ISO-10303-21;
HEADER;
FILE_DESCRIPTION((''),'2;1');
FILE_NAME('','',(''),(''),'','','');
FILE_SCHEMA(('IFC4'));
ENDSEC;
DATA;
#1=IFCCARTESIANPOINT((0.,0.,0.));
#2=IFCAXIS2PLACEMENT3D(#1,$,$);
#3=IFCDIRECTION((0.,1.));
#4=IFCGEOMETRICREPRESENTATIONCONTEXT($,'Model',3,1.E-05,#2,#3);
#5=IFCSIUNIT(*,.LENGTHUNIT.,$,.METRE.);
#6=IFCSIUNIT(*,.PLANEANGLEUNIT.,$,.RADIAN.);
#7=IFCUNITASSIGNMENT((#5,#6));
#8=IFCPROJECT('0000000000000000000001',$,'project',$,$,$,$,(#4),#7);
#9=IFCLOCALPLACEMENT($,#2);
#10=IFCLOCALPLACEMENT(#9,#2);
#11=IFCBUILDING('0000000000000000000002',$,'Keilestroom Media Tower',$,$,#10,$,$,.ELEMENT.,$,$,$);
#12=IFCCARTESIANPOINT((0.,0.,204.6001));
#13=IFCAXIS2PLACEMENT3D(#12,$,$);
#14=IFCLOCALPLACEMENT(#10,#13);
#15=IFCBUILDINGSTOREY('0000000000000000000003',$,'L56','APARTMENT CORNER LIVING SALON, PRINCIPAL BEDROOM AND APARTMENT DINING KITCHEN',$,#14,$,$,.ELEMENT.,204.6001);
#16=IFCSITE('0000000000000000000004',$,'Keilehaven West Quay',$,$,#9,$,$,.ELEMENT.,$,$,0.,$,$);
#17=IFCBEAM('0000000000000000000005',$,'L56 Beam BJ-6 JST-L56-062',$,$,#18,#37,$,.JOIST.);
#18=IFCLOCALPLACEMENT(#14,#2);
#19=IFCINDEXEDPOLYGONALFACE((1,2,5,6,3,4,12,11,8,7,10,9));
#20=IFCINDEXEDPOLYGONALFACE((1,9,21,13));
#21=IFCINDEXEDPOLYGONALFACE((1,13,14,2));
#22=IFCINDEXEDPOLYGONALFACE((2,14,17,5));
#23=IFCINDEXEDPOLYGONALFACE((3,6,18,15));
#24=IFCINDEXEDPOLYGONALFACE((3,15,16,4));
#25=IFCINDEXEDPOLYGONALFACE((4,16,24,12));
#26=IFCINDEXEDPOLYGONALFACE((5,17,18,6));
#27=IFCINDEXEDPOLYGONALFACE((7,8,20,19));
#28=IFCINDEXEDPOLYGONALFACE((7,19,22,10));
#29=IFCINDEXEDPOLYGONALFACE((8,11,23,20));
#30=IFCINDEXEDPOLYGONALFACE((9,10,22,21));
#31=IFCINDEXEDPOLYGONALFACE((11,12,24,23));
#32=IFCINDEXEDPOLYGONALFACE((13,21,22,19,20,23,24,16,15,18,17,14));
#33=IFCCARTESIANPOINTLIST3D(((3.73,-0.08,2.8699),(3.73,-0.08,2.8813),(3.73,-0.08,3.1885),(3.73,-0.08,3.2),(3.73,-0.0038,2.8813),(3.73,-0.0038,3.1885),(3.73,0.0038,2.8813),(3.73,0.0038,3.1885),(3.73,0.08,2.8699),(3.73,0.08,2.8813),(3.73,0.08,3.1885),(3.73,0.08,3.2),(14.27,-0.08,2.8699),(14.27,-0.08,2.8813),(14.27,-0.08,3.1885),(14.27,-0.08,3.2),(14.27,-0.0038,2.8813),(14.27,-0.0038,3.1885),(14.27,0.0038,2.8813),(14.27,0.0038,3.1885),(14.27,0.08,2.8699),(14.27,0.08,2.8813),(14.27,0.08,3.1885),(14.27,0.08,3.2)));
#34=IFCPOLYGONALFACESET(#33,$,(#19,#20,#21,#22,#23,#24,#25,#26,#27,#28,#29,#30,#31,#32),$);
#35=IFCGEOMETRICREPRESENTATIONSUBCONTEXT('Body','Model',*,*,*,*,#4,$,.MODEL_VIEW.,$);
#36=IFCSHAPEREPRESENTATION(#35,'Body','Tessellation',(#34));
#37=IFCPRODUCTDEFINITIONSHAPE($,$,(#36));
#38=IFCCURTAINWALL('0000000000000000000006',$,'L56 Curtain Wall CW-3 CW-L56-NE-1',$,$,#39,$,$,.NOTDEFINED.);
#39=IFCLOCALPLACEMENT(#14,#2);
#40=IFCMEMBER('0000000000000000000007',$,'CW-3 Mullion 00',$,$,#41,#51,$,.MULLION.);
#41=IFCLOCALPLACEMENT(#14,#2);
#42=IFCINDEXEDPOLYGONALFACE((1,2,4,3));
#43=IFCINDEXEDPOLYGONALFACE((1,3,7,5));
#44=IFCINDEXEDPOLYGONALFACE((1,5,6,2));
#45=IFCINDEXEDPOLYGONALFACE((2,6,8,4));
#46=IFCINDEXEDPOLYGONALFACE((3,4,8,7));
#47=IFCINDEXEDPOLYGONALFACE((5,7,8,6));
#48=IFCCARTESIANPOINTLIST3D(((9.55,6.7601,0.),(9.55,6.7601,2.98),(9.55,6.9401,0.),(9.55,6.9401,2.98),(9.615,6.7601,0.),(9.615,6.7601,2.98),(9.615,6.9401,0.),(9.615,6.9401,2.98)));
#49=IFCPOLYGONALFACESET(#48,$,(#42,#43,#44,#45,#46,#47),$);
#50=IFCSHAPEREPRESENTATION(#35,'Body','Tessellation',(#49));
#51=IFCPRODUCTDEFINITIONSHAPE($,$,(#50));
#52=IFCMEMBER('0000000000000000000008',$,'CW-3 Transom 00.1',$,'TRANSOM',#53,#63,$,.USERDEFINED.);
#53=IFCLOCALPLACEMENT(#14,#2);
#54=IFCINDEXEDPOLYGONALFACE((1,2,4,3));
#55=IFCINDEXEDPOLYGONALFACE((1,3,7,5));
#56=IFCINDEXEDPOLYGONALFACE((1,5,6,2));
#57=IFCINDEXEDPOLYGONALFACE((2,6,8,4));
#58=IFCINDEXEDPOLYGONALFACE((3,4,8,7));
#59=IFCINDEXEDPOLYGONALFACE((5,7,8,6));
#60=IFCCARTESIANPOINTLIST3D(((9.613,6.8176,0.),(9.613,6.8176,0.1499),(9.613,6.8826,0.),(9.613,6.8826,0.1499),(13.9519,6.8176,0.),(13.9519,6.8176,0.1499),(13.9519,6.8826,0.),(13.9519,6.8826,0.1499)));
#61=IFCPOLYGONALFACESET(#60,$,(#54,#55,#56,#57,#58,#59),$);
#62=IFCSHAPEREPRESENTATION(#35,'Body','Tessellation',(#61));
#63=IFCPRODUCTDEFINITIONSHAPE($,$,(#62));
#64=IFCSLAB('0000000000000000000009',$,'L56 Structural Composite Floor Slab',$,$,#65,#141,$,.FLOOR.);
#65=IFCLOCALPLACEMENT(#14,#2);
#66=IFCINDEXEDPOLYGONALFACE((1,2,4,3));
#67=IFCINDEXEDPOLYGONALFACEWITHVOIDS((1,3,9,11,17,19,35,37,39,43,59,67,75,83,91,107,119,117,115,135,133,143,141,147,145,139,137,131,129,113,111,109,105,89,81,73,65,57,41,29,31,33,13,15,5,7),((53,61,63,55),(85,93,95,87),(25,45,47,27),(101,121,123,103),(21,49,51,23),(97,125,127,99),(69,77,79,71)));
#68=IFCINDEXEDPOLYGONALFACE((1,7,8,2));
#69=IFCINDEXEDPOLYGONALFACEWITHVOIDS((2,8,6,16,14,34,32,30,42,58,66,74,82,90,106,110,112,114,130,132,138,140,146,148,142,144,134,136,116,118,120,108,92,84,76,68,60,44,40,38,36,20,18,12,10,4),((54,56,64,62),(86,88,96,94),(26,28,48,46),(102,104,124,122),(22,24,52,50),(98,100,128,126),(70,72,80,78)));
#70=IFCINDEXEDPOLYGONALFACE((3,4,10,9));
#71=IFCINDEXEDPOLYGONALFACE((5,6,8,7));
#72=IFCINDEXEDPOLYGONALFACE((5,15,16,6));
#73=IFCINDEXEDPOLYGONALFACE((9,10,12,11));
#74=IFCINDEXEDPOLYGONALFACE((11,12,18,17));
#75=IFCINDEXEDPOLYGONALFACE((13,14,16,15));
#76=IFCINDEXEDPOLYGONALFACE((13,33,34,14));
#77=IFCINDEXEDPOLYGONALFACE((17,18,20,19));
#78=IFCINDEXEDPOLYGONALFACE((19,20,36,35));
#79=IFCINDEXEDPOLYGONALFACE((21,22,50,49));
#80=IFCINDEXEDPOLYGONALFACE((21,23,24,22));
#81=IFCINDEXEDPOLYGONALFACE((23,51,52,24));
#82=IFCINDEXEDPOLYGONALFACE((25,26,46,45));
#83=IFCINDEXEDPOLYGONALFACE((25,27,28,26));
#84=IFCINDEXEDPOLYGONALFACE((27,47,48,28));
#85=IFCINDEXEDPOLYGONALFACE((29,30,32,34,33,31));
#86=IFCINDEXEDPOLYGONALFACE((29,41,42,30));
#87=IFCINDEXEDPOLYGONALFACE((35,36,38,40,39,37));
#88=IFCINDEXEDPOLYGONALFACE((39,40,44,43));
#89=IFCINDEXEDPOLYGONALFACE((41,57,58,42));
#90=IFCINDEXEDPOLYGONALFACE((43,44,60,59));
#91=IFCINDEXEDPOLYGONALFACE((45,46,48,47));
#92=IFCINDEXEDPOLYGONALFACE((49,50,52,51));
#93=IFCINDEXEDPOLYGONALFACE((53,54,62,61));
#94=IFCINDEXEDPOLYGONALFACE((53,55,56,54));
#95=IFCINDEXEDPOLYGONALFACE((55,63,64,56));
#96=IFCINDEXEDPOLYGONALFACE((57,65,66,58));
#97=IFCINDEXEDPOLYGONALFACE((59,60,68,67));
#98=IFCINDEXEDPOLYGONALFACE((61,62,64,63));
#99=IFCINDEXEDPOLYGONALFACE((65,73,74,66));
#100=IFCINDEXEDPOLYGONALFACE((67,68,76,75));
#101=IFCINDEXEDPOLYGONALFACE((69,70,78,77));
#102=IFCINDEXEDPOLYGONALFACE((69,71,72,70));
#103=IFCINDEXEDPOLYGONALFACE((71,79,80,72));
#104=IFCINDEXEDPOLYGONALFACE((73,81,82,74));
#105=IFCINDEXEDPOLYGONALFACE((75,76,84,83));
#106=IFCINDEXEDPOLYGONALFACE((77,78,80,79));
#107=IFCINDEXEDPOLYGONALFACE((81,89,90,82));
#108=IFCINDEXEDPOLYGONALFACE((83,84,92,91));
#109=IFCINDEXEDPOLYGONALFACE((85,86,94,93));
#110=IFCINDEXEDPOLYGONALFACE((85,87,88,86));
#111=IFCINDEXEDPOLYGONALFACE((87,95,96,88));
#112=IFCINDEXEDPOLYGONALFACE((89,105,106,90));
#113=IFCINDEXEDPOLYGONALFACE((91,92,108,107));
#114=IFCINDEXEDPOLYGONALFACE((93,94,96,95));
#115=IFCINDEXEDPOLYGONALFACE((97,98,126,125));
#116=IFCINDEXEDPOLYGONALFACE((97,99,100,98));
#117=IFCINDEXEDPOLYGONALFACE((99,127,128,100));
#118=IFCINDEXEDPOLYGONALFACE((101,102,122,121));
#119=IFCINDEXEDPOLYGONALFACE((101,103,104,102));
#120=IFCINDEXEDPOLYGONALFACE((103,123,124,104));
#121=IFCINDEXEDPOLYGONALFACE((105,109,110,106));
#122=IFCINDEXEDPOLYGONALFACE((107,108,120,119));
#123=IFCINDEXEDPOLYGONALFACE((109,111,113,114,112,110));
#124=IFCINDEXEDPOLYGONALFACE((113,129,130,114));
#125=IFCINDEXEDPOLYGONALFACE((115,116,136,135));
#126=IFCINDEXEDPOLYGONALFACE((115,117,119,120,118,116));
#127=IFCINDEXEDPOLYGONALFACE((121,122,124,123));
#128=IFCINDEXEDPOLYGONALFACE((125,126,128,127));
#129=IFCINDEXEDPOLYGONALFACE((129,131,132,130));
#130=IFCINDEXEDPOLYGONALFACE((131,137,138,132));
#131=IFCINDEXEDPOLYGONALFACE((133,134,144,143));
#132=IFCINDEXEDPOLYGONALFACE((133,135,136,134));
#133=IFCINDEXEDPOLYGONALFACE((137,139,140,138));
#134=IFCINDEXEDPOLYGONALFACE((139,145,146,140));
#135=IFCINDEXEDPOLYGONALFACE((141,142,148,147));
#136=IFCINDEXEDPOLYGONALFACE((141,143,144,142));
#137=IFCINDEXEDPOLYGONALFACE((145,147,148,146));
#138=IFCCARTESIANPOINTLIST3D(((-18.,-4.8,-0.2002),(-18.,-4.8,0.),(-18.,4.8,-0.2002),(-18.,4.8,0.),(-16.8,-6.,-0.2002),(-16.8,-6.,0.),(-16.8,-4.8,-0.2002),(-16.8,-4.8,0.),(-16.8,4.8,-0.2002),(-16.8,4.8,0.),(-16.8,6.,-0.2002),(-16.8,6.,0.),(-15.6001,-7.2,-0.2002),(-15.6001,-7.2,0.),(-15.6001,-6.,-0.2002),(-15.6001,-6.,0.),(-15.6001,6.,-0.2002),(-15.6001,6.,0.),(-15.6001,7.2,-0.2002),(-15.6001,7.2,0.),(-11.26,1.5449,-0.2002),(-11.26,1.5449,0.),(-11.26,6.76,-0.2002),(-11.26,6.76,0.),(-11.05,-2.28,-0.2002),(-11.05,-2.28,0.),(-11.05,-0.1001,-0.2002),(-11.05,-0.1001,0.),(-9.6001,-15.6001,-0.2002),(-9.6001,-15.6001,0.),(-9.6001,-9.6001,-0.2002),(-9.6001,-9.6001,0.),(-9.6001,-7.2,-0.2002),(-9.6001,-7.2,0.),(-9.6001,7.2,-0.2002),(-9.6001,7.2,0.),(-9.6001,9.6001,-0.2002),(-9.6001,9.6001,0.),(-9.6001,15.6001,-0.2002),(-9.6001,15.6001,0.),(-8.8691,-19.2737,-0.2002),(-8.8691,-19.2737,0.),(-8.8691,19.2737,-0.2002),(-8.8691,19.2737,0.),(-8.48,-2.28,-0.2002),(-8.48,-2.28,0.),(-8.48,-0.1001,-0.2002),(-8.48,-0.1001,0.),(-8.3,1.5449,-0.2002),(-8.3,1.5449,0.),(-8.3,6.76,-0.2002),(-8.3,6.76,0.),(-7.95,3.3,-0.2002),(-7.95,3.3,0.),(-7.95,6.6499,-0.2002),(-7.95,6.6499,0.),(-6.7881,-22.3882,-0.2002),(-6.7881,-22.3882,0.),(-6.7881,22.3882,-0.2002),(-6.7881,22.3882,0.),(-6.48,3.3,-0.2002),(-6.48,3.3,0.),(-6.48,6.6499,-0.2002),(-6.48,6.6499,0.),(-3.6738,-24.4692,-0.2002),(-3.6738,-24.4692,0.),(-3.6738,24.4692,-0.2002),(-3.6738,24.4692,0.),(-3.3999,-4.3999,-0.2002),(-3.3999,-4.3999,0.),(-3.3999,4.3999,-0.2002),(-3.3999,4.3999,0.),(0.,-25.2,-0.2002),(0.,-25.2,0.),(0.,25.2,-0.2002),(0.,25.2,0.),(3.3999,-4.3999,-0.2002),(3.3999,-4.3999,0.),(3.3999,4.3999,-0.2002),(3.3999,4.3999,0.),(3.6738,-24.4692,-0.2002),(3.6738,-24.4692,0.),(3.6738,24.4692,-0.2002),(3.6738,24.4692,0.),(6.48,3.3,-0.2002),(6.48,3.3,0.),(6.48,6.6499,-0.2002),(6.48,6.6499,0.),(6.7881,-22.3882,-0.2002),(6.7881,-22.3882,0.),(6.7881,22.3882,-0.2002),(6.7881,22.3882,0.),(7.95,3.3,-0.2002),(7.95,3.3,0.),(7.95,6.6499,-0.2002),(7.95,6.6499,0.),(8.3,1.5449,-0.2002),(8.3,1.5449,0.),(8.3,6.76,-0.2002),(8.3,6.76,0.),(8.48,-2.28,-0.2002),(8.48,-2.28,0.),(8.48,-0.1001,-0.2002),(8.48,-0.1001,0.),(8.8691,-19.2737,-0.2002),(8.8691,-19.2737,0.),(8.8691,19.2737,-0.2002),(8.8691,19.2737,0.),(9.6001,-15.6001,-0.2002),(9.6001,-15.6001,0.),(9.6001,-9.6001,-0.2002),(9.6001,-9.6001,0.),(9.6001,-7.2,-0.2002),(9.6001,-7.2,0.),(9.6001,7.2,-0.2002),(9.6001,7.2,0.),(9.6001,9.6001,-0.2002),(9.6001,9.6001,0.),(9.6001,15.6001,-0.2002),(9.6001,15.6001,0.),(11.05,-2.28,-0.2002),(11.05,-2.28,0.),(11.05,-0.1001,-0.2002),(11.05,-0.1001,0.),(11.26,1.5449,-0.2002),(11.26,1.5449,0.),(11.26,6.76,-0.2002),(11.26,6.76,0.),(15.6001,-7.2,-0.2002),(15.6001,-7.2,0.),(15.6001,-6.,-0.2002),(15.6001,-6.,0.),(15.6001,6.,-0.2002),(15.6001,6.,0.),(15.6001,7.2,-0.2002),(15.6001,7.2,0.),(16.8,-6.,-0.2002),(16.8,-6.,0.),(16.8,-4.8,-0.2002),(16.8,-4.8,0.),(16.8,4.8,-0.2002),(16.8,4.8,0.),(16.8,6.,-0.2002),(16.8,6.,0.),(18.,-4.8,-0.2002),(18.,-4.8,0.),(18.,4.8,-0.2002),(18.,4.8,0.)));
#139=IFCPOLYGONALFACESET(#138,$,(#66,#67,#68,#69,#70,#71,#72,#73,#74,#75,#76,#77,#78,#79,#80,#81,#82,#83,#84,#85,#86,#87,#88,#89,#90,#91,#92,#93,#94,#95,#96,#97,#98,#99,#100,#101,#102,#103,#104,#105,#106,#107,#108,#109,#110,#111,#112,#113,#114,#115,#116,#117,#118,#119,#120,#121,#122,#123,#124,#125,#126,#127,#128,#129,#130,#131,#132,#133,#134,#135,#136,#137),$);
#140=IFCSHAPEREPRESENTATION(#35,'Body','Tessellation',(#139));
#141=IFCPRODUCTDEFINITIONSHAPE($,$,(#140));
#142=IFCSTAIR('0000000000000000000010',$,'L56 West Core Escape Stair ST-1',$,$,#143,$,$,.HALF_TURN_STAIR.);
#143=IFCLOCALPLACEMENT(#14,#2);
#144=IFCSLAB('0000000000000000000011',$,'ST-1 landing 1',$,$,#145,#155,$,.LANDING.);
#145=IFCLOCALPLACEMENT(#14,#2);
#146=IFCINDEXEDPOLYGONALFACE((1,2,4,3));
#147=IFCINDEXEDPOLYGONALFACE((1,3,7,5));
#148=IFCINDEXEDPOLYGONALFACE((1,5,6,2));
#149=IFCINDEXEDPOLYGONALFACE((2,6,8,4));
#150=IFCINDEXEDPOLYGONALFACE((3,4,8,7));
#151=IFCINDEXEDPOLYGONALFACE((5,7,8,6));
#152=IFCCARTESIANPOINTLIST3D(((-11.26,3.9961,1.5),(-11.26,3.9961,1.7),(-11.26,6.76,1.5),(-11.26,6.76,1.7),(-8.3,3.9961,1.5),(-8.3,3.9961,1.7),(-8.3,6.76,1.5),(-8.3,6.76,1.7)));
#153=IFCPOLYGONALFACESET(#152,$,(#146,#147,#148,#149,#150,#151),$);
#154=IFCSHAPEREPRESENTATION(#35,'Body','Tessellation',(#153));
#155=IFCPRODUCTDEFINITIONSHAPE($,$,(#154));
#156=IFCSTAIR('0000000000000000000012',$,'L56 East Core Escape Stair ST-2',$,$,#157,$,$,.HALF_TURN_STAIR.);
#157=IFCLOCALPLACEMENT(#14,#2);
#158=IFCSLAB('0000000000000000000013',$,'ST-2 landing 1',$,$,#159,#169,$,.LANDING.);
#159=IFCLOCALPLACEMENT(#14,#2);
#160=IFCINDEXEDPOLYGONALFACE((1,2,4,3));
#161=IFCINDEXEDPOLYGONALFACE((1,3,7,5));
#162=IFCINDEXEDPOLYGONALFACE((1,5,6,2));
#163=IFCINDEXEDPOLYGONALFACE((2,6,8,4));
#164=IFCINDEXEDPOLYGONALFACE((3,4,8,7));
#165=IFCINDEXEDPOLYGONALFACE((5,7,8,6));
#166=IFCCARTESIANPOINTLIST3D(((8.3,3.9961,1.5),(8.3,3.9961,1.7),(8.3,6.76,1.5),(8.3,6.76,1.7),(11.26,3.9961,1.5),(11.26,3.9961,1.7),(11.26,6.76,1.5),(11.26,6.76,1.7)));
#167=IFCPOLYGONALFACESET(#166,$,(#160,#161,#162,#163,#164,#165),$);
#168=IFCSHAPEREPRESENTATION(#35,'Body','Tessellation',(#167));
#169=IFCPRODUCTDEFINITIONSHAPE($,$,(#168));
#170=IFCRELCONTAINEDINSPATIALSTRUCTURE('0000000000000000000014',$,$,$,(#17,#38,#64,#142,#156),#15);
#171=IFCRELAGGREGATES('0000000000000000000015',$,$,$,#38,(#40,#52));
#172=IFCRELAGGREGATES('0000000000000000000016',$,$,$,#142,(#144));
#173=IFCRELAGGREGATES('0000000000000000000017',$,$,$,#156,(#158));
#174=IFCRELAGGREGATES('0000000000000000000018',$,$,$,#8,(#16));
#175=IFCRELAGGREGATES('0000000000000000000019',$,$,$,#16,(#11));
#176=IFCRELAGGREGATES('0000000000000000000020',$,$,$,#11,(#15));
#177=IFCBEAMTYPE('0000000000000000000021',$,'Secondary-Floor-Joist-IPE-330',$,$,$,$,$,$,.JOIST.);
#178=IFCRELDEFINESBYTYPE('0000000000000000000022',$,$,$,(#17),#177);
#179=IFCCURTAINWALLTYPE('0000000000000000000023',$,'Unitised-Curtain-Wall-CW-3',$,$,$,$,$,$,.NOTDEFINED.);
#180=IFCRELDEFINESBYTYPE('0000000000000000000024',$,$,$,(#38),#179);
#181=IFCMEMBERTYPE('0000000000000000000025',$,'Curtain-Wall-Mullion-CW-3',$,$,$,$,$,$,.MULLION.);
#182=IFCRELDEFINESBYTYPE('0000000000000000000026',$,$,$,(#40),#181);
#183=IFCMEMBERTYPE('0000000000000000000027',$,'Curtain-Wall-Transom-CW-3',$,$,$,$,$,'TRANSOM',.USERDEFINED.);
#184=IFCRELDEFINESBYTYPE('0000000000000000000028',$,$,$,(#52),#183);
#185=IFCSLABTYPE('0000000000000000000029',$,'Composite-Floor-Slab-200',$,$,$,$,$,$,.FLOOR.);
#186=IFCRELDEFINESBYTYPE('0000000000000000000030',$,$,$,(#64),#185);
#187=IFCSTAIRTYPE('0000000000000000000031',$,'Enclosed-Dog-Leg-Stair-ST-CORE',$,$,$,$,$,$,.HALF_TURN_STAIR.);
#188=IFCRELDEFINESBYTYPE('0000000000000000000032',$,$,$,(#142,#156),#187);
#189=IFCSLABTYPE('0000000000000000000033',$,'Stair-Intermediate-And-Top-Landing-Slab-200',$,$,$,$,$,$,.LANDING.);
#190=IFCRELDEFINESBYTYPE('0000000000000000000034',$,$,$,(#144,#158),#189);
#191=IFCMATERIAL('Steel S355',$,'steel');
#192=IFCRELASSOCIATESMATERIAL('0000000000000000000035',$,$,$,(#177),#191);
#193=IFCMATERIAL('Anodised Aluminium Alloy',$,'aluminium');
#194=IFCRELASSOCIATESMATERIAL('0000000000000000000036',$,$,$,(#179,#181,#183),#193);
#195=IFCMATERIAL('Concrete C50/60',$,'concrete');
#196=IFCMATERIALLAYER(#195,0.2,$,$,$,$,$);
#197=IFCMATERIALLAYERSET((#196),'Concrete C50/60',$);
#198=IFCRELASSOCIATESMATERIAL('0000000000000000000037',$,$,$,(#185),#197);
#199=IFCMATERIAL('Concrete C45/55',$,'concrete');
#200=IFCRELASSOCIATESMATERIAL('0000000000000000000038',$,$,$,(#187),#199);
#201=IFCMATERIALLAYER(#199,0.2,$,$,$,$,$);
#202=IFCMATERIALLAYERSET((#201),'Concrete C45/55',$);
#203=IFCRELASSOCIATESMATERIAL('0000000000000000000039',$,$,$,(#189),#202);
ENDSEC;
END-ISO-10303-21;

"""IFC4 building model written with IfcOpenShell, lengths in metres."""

from ifc_helpers import new_model, si_unit, direction, frame, origin, origin_2d, place, context, subcontext, project, spatial, polyline, rectangle, i_section, outline, extrude, source, transform, mapped, material, layer, layer_set, material_profile, profile_set, type_object, element, aggregate, save


model = new_model("IFC4")

# Units and contexts
model_context = context("Model", 3, precision=1e-05, world=origin(), true_north=direction((0.0, 1.0)))
body_context = subcontext(model_context, "Body", "Model", "MODEL_VIEW")
ifc_project = project(units=[si_unit("LENGTHUNIT", "METRE"), si_unit("PLANEANGLEUNIT", "RADIAN")], contexts=[model_context])

# Site, building, storey
site_placement = place(None, origin())
site = spatial("IfcSite", under=ifc_project, at=site_placement, Name="Keilehaven West Quay", CompositionType="ELEMENT", RefElevation=0.0)
building_placement = place(site_placement, origin())
building = spatial("IfcBuilding", under=site, at=building_placement, Name="Keilestroom Media Tower", CompositionType="ELEMENT")
storey_placement = place(building_placement, frame((0.0, 0.0, 204.6001)))
storey = spatial("IfcBuildingStorey", under=building, at=storey_placement, Name="L56", Description="APARTMENT CORNER LIVING SALON, PRINCIPAL BEDROOM AND APARTMENT DINING KITCHEN", CompositionType="ELEMENT", Elevation=204.6001)

# Beam
ifc_material_1 = material(Name="Steel S355", Category="steel")
ifc_material_profile_1 = material_profile(ifc_material_1, i_section(OverallWidth=0.1599, OverallDepth=0.3301, WebThickness=0.0076, FlangeThickness=0.0115, at=origin_2d()), Name="IPE 330")
ifc_profile_set_1 = profile_set([ifc_material_profile_1], Name="Steel S355")
beam_type = type_object("IfcBeamType", Name="Secondary-Floor-Joist-IPE-330", PredefinedType="JOIST", material=ifc_profile_set_1)
shared_shape_1 = source(origin(), body_context, "Body", "SweptSolid", [
    extrude(i_section(OverallWidth=0.1599, OverallDepth=0.3301, WebThickness=0.0076, FlangeThickness=0.0115, at=origin_2d()), origin(), (0.0, 0.0, 1.0), 10.54),
])
beam_placement = place(storey_placement, frame((3.73, 0.0, 3.0349), z_axis=(1.0, 0.0, 0.0), x_axis=(0.0, 1.0, 0.0)))
element("IfcBeam", 1, at=beam_placement, inside=storey, type_object=beam_type, Name="L56 Beam BJ-6 JST-L56-062", PredefinedType="JOIST", context=body_context, shape_type="MappedRepresentation", body=[
    mapped(shared_shape_1, transform((0.0, 0.0, 0.0), x_axis=(1.0, 0.0, 0.0), y_axis=(0.0, 1.0, 0.0), z_axis=(0.0, 0.0, 1.0), scale=1.0)),
])

# Curtain wall, members
ifc_material_2 = material(Name="Anodised Aluminium Alloy", Category="aluminium")
curtain_wall_type = type_object("IfcCurtainWallType", Name="Unitised-Curtain-Wall-CW-3", PredefinedType="NOTDEFINED", material=ifc_material_2)
curtain_wall_placement = place(storey_placement, origin())
curtain_wall = element("IfcCurtainWall", 2, at=curtain_wall_placement, inside=storey, type_object=curtain_wall_type, Name="L56 Curtain Wall CW-3 CW-L56-NE-1", PredefinedType="NOTDEFINED")
ifc_material_profile_2 = material_profile(ifc_material_2, rectangle(XDim=0.0649, YDim=0.1799, at=origin_2d()), Name="ALU MULLION 65x180")
ifc_profile_set_2 = profile_set([ifc_material_profile_2], Name="Anodised Aluminium Alloy")
member_type_1 = type_object("IfcMemberType", Name="Curtain-Wall-Mullion-CW-3", PredefinedType="MULLION", material=ifc_profile_set_2)
shared_shape_2 = source(origin(), body_context, "Body", "SweptSolid", [
    extrude(rectangle(XDim=0.0649, YDim=0.1799, at=origin_2d()), origin(), (0.0, 0.0, 1.0), 2.98),
])
member_1_placement = place(storey_placement, frame((9.5825, 6.8501, 0.0), z_axis=(0.0, 0.0, 1.0), x_axis=(1.0, 0.0, 0.0)))
member_1 = element("IfcMember", 3, at=member_1_placement, type_object=member_type_1, Name="CW-3 Mullion 00", PredefinedType="MULLION", context=body_context, shape_type="MappedRepresentation", body=[
    mapped(shared_shape_2, transform((0.0, 0.0, 0.0), x_axis=(1.0, 0.0, 0.0), y_axis=(0.0, 1.0, 0.0), z_axis=(0.0, 0.0, 1.0), scale=1.0)),
])
ifc_material_profile_3 = material_profile(ifc_material_2, rectangle(XDim=0.0649, YDim=0.1499, at=origin_2d()), Name="ALU TRANSOM 65x150")
ifc_profile_set_3 = profile_set([ifc_material_profile_3], Name="Anodised Aluminium Alloy")
member_type_2 = type_object("IfcMemberType", Name="Curtain-Wall-Transom-CW-3", ElementType="TRANSOM", PredefinedType="USERDEFINED", material=ifc_profile_set_3)
shared_shape_3 = source(origin(), body_context, "Body", "SweptSolid", [
    extrude(rectangle(XDim=0.0649, YDim=0.1499, at=origin_2d()), origin(), (0.0, 0.0, 1.0), 4.3389),
])
member_2_placement = place(storey_placement, frame((9.613, 6.8501, 0.075), z_axis=(1.0, 0.0, 0.0), x_axis=(0.0, 1.0, 0.0)))
member_2 = element("IfcMember", 4, at=member_2_placement, type_object=member_type_2, Name="CW-3 Transom 00.1", ObjectType="TRANSOM", PredefinedType="USERDEFINED", context=body_context, shape_type="MappedRepresentation", body=[
    mapped(shared_shape_3, transform((0.0, 0.0, 0.0), x_axis=(1.0, 0.0, 0.0), y_axis=(0.0, 1.0, 0.0), z_axis=(0.0, 0.0, 1.0), scale=1.0)),
])
aggregate(curtain_wall, [member_1, member_2])

# Slab
ifc_material_3 = material(Name="Concrete C50/60", Category="concrete")
ifc_layer_1 = layer(ifc_material_3, 0.2)
ifc_layer_set_1 = layer_set([ifc_layer_1], Name="Concrete C50/60")
slab_type_1 = type_object("IfcSlabType", Name="Composite-Floor-Slab-200", PredefinedType="FLOOR", material=ifc_layer_set_1)
slab_1_placement = place(storey_placement, frame((0.0, 0.0, -0.2002)))
element("IfcSlab", 5, at=slab_1_placement, inside=storey, type_object=slab_type_1, Name="L56 Structural Composite Floor Slab", PredefinedType="FLOOR", context=body_context, shape_type="SweptSolid", body=[
    extrude(outline(polyline([(18.0, -4.8), (18.0, 4.8), (16.8, 4.8), (16.8, 6.0), (15.6001, 6.0), (15.6001, 7.2), (9.6001, 7.2), (9.6001, 9.6001), (9.6001, 15.6001), (8.8691, 19.2737), (6.7881, 22.3882), (3.6738, 24.4692), (0.0, 25.2), (-3.6738, 24.4692), (-6.7881, 22.3882), (-8.8691, 19.2737), (-9.6001, 15.6001), (-9.6001, 9.6001), (-9.6001, 7.2), (-15.6001, 7.2), (-15.6001, 6.0), (-16.8, 6.0), (-16.8, 4.8), (-18.0, 4.8), (-18.0, -4.8), (-16.8, -4.8), (-16.8, -6.0), (-15.6001, -6.0), (-15.6001, -7.2), (-9.6001, -7.2), (-9.6001, -9.6001), (-9.6001, -15.6001), (-8.8691, -19.2737), (-6.7881, -22.3882), (-3.6738, -24.4692), (0.0, -25.2), (3.6738, -24.4692), (6.7881, -22.3882), (8.8691, -19.2737), (9.6001, -15.6001), (9.6001, -9.6001), (9.6001, -7.2), (15.6001, -7.2), (15.6001, -6.0), (16.8, -6.0), (16.8, -4.8), (18.0, -4.8)]), holes=[polyline([(-8.3, 1.5449), (-11.26, 1.5449), (-11.26, 6.76), (-8.3, 6.76), (-8.3, 1.5449)]), polyline([(-8.48, -2.28), (-11.05, -2.28), (-11.05, -0.1001), (-8.48, -0.1001), (-8.48, -2.28)]), polyline([(-6.48, 3.3), (-7.95, 3.3), (-7.95, 6.6499), (-6.48, 6.6499), (-6.48, 3.3)]), polyline([(3.3999, -4.3999), (-3.3999, -4.3999), (-3.3999, 4.3999), (3.3999, 4.3999), (3.3999, -4.3999)]), polyline([(7.95, 3.3), (6.48, 3.3), (6.48, 6.6499), (7.95, 6.6499), (7.95, 3.3)]), polyline([(11.26, 1.5449), (8.3, 1.5449), (8.3, 6.76), (11.26, 6.76), (11.26, 1.5449)]), polyline([(11.05, -2.28), (8.48, -2.28), (8.48, -0.1001), (11.05, -0.1001), (11.05, -2.28)])]), origin(), (0.0, 0.0, 1.0), 0.2002),
])

# Stairs, slabs
ifc_material_4 = material(Name="Concrete C45/55", Category="concrete")
stair_type = type_object("IfcStairType", Name="Enclosed-Dog-Leg-Stair-ST-CORE", PredefinedType="HALF_TURN_STAIR", material=ifc_material_4)
stair_1_placement = place(storey_placement, origin())
stair_1 = element("IfcStair", 6, at=stair_1_placement, inside=storey, type_object=stair_type, Name="L56 West Core Escape Stair ST-1", PredefinedType="HALF_TURN_STAIR")
ifc_layer_2 = layer(ifc_material_4, 0.2)
ifc_layer_set_2 = layer_set([ifc_layer_2], Name="Concrete C45/55")
slab_type_2 = type_object("IfcSlabType", Name="Stair-Intermediate-And-Top-Landing-Slab-200", PredefinedType="LANDING", material=ifc_layer_set_2)
slab_2_placement = place(storey_placement, frame((0.0, 0.0, 1.5)))
slab_2 = element("IfcSlab", 7, at=slab_2_placement, type_object=slab_type_2, Name="ST-1 landing 1", PredefinedType="LANDING", context=body_context, shape_type="SweptSolid", body=[
    extrude(outline(polyline([(-8.3, 3.9961), (-8.3, 6.76), (-11.26, 6.76), (-11.26, 3.9961), (-8.3, 3.9961)])), origin(), (0.0, 0.0, 1.0), 0.2),
])
aggregate(stair_1, [slab_2])
stair_2_placement = place(storey_placement, origin())
stair_2 = element("IfcStair", 8, at=stair_2_placement, inside=storey, type_object=stair_type, Name="L56 East Core Escape Stair ST-2", PredefinedType="HALF_TURN_STAIR")
slab_3_placement = place(storey_placement, frame((0.0, 0.0, 1.5)))
slab_3 = element("IfcSlab", 9, at=slab_3_placement, type_object=slab_type_2, Name="ST-2 landing 1", PredefinedType="LANDING", context=body_context, shape_type="SweptSolid", body=[
    extrude(outline(polyline([(11.26, 3.9961), (11.26, 6.76), (8.3, 6.76), (8.3, 3.9961), (11.26, 3.9961)])), origin(), (0.0, 0.0, 1.0), 0.2),
])

aggregate(stair_2, [slab_3])

save(model, "model.ifc")
